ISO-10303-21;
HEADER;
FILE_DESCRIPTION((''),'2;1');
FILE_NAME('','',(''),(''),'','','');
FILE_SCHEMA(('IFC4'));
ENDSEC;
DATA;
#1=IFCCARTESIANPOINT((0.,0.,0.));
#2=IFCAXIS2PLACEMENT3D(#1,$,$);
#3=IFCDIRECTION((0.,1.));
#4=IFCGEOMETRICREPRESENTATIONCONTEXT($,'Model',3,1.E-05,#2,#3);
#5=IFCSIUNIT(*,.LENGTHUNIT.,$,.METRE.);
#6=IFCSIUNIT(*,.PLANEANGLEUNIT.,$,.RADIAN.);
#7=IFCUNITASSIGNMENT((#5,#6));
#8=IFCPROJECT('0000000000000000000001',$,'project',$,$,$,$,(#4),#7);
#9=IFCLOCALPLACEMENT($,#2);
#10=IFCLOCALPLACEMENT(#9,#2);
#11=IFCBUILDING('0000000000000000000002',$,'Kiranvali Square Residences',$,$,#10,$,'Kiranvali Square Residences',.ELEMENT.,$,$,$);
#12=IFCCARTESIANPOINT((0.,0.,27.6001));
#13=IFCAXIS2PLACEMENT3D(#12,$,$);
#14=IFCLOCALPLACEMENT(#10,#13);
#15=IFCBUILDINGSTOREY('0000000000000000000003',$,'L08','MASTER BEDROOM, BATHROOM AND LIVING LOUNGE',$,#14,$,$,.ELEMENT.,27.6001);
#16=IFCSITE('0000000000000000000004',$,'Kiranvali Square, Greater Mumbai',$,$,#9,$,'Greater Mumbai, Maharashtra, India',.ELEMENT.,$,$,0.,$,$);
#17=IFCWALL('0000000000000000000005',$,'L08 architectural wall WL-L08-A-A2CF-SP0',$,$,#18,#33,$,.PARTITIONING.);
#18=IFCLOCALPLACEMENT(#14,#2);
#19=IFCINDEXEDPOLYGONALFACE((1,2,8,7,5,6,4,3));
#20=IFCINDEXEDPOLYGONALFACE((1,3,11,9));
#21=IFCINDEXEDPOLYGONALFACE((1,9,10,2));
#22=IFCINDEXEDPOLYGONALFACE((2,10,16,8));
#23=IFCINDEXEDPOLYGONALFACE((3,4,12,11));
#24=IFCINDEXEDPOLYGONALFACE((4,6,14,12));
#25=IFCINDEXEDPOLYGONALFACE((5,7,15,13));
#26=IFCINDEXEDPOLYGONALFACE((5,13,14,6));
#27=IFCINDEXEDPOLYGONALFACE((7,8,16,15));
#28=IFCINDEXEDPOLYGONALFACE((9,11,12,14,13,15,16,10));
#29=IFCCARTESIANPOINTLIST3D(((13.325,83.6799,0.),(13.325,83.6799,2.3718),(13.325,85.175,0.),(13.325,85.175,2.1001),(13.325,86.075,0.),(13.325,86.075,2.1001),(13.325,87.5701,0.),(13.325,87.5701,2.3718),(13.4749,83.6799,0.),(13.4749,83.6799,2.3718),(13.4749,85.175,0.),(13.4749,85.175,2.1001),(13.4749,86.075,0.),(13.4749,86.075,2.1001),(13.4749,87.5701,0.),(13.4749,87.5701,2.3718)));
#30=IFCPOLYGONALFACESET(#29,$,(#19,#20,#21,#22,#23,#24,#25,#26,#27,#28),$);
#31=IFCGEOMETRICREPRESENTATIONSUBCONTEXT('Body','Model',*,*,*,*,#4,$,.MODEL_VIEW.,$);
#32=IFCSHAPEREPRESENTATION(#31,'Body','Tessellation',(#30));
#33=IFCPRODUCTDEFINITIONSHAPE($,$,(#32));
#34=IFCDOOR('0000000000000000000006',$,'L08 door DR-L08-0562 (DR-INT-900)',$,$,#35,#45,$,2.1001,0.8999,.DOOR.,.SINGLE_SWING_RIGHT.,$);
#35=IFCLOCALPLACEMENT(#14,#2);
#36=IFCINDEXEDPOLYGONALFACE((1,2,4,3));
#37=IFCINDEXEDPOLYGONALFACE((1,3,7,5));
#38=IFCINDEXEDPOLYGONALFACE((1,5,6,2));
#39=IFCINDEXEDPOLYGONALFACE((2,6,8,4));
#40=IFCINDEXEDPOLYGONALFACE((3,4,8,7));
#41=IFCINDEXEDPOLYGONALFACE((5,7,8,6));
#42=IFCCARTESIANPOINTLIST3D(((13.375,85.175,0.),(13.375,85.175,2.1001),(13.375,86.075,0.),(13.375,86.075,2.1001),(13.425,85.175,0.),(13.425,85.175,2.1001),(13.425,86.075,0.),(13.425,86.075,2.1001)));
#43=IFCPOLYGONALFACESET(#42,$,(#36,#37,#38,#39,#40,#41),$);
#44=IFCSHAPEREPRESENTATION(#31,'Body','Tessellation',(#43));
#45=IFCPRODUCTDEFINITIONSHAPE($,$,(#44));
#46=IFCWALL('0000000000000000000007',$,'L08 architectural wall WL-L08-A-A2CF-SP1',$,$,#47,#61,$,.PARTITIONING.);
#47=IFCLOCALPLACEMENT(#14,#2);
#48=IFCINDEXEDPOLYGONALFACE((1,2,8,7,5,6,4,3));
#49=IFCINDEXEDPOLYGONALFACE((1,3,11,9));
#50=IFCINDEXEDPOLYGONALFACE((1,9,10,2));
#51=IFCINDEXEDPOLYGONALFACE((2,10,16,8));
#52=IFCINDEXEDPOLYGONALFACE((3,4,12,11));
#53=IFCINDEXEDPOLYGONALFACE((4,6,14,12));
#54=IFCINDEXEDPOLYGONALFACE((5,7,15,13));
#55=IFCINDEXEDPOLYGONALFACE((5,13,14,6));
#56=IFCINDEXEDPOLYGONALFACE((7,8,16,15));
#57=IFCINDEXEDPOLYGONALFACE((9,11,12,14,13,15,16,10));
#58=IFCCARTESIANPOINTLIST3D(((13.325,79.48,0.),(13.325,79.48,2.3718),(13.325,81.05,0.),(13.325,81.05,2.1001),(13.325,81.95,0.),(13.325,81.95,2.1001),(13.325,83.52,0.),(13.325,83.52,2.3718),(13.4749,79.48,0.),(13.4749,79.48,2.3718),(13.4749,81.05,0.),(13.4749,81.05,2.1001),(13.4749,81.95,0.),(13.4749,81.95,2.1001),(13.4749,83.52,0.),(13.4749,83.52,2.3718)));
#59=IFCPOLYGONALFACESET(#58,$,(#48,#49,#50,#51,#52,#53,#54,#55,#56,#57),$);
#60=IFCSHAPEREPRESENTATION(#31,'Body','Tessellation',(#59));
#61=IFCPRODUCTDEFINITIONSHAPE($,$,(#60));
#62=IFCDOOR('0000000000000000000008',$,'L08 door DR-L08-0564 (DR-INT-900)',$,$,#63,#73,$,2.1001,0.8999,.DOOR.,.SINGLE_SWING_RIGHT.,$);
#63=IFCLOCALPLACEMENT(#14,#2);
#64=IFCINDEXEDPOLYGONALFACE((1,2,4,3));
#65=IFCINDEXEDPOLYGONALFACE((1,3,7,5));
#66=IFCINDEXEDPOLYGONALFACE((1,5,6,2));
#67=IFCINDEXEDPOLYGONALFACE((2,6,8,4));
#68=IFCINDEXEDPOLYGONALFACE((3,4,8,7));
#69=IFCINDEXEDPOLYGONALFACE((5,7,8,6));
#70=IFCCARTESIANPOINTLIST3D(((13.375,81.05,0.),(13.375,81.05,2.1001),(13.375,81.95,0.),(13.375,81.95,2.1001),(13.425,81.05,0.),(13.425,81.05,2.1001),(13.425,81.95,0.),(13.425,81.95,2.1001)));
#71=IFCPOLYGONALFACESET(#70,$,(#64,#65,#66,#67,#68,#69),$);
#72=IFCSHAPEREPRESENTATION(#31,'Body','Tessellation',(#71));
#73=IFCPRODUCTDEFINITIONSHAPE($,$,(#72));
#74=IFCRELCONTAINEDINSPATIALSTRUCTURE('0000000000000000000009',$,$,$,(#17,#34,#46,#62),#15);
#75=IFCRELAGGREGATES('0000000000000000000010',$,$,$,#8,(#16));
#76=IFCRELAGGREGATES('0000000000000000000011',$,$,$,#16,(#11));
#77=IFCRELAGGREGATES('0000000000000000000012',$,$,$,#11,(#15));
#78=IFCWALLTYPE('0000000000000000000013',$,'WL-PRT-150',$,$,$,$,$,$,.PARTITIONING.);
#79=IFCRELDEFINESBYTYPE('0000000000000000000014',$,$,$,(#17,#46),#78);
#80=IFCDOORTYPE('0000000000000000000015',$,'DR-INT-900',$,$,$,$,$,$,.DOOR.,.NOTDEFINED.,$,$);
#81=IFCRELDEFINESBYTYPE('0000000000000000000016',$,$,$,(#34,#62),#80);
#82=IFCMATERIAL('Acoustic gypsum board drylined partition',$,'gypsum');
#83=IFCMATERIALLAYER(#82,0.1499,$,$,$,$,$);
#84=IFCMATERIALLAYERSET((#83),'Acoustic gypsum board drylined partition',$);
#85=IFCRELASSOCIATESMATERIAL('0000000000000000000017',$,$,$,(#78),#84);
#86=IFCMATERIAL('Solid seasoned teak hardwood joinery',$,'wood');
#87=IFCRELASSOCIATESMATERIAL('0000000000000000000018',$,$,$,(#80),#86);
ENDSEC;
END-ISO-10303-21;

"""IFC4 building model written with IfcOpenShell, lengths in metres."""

from ifc_helpers import new_model, si_unit, direction, frame, frame_2d, origin, place, context, subcontext, project, spatial, rectangle, extrude, material, layer, layer_set, type_object, element, fill, save


model = new_model("IFC4")

# Units and contexts
model_context = context("Model", 3, precision=1e-05, world=origin(), true_north=direction((0.0, 1.0)))
body_context = subcontext(model_context, "Body", "Model", "MODEL_VIEW")
ifc_project = project(units=[si_unit("LENGTHUNIT", "METRE"), si_unit("PLANEANGLEUNIT", "RADIAN")], contexts=[model_context])

# Site, building, storey
site_placement = place(None, origin())
site = spatial("IfcSite", under=ifc_project, at=site_placement, Name="Kiranvali Square, Greater Mumbai", LongName="Greater Mumbai, Maharashtra, India", CompositionType="ELEMENT", RefElevation=0.0)
building_placement = place(site_placement, origin())
building = spatial("IfcBuilding", under=site, at=building_placement, Name="Kiranvali Square Residences", LongName="Kiranvali Square Residences", CompositionType="ELEMENT")
storey_placement = place(building_placement, frame((0.0, 0.0, 27.6001)))
storey = spatial("IfcBuildingStorey", under=building, at=storey_placement, Name="L08", Description="MASTER BEDROOM, BATHROOM AND LIVING LOUNGE", CompositionType="ELEMENT", Elevation=27.6001)

# Walls, openings, doors
ifc_material_1 = material(Name="Acoustic gypsum board drylined partition", Category="gypsum")
ifc_layer_1 = layer(ifc_material_1, 0.1499)
ifc_layer_set_1 = layer_set([ifc_layer_1], Name="Acoustic gypsum board drylined partition")
wall_type_1 = type_object("IfcWallType", Name="WL-PRT-150", PredefinedType="PARTITIONING", material=ifc_layer_set_1)
wall_1_placement = place(storey_placement, frame((13.3999, 87.5701, 0.0), z_axis=(0.0, 0.0, 1.0), x_axis=(0.0, -1.0, 0.0)))
wall_1 = element("IfcWall", 1, at=wall_1_placement, inside=storey, type_object=wall_type_1, Name="L08 architectural wall WL-L08-A-A2CF-SP0", PredefinedType="PARTITIONING", context=body_context, shape_type="SweptSolid", body=[
    extrude(rectangle(XDim=3.8901, YDim=0.1499, at=frame_2d((1.9451, 0.0))), origin(), (0.0, 0.0, 1.0), 2.3718),
])
opening_1_placement = place(wall_1_placement, frame((1.4951, 0.0, 0.0)))
opening_1 = element("IfcOpeningElement", 2, at=opening_1_placement, cuts=wall_1, PredefinedType="OPENING", context=body_context, shape_type="SweptSolid", body=[
    extrude(rectangle(XDim=0.8999, YDim=2.1001, at=frame_2d((0.45, 1.05))), frame((0.0, 0.085, 0.0), z_axis=(0.0, -1.0, 0.0), x_axis=(1.0, 0.0, 0.0)), (0.0, 0.0, 1.0), 0.1699),
])
ifc_material_2 = material(Name="Solid seasoned teak hardwood joinery", Category="wood")
door_type_1 = type_object("IfcDoorType", Name="DR-INT-900", OperationType="NOTDEFINED", PredefinedType="DOOR", material=ifc_material_2)
door_1_placement = place(opening_1_placement, frame((0.8999, 0.0, 0.0), z_axis=(0.0, 0.0, 1.0), x_axis=(-1.0, 0.0, 0.0)))
door_1 = element("IfcDoor", 3, at=door_1_placement, inside=storey, type_object=door_type_1, Name="L08 door DR-L08-0562 (DR-INT-900)", OperationType="SINGLE_SWING_RIGHT", OverallHeight=2.1001, OverallWidth=0.8999, PredefinedType="DOOR", context=body_context, shape_type="SweptSolid", body=[
    extrude(rectangle(XDim=0.8999, YDim=2.1001, at=frame_2d((0.45, 1.05))), frame((0.0, 0.0249, 0.0), z_axis=(0.0, -1.0, 0.0), x_axis=(1.0, 0.0, 0.0)), (0.0, 0.0, 1.0), 0.05),
])
fill(opening_1, door_1)
wall_2_placement = place(storey_placement, frame((13.3999, 83.52, 0.0), z_axis=(0.0, 0.0, 1.0), x_axis=(0.0, -1.0, 0.0)))
wall_2 = element("IfcWall", 4, at=wall_2_placement, inside=storey, type_object=wall_type_1, Name="L08 architectural wall WL-L08-A-A2CF-SP1", PredefinedType="PARTITIONING", context=body_context, shape_type="SweptSolid", body=[
    extrude(rectangle(XDim=4.04, YDim=0.1499, at=frame_2d((2.02, 0.0))), origin(), (0.0, 0.0, 1.0), 2.3718),
])
opening_2_placement = place(wall_2_placement, frame((1.5701, 0.0, 0.0)))
opening_2 = element("IfcOpeningElement", 5, at=opening_2_placement, cuts=wall_2, PredefinedType="OPENING", context=body_context, shape_type="SweptSolid", body=[
    extrude(rectangle(XDim=0.8999, YDim=2.1001, at=frame_2d((0.45, 1.05))), frame((0.0, 0.085, 0.0), z_axis=(0.0, -1.0, 0.0), x_axis=(1.0, 0.0, 0.0)), (0.0, 0.0, 1.0), 0.1699),
])
door_2_placement = place(opening_2_placement, frame((0.8999, 0.0, 0.0), z_axis=(0.0, 0.0, 1.0), x_axis=(-1.0, 0.0, 0.0)))
door_2 = element("IfcDoor", 6, at=door_2_placement, inside=storey, type_object=door_type_1, Name="L08 door DR-L08-0564 (DR-INT-900)", OperationType="SINGLE_SWING_RIGHT", OverallHeight=2.1001, OverallWidth=0.8999, PredefinedType="DOOR", context=body_context, shape_type="SweptSolid", body=[
    extrude(rectangle(XDim=0.8999, YDim=2.1001, at=frame_2d((0.45, 1.05))), frame((0.0, 0.0249, 0.0), z_axis=(0.0, -1.0, 0.0), x_axis=(1.0, 0.0, 0.0)), (0.0, 0.0, 1.0), 0.05),
])
fill(opening_2, door_2)

save(model, "model.ifc")
